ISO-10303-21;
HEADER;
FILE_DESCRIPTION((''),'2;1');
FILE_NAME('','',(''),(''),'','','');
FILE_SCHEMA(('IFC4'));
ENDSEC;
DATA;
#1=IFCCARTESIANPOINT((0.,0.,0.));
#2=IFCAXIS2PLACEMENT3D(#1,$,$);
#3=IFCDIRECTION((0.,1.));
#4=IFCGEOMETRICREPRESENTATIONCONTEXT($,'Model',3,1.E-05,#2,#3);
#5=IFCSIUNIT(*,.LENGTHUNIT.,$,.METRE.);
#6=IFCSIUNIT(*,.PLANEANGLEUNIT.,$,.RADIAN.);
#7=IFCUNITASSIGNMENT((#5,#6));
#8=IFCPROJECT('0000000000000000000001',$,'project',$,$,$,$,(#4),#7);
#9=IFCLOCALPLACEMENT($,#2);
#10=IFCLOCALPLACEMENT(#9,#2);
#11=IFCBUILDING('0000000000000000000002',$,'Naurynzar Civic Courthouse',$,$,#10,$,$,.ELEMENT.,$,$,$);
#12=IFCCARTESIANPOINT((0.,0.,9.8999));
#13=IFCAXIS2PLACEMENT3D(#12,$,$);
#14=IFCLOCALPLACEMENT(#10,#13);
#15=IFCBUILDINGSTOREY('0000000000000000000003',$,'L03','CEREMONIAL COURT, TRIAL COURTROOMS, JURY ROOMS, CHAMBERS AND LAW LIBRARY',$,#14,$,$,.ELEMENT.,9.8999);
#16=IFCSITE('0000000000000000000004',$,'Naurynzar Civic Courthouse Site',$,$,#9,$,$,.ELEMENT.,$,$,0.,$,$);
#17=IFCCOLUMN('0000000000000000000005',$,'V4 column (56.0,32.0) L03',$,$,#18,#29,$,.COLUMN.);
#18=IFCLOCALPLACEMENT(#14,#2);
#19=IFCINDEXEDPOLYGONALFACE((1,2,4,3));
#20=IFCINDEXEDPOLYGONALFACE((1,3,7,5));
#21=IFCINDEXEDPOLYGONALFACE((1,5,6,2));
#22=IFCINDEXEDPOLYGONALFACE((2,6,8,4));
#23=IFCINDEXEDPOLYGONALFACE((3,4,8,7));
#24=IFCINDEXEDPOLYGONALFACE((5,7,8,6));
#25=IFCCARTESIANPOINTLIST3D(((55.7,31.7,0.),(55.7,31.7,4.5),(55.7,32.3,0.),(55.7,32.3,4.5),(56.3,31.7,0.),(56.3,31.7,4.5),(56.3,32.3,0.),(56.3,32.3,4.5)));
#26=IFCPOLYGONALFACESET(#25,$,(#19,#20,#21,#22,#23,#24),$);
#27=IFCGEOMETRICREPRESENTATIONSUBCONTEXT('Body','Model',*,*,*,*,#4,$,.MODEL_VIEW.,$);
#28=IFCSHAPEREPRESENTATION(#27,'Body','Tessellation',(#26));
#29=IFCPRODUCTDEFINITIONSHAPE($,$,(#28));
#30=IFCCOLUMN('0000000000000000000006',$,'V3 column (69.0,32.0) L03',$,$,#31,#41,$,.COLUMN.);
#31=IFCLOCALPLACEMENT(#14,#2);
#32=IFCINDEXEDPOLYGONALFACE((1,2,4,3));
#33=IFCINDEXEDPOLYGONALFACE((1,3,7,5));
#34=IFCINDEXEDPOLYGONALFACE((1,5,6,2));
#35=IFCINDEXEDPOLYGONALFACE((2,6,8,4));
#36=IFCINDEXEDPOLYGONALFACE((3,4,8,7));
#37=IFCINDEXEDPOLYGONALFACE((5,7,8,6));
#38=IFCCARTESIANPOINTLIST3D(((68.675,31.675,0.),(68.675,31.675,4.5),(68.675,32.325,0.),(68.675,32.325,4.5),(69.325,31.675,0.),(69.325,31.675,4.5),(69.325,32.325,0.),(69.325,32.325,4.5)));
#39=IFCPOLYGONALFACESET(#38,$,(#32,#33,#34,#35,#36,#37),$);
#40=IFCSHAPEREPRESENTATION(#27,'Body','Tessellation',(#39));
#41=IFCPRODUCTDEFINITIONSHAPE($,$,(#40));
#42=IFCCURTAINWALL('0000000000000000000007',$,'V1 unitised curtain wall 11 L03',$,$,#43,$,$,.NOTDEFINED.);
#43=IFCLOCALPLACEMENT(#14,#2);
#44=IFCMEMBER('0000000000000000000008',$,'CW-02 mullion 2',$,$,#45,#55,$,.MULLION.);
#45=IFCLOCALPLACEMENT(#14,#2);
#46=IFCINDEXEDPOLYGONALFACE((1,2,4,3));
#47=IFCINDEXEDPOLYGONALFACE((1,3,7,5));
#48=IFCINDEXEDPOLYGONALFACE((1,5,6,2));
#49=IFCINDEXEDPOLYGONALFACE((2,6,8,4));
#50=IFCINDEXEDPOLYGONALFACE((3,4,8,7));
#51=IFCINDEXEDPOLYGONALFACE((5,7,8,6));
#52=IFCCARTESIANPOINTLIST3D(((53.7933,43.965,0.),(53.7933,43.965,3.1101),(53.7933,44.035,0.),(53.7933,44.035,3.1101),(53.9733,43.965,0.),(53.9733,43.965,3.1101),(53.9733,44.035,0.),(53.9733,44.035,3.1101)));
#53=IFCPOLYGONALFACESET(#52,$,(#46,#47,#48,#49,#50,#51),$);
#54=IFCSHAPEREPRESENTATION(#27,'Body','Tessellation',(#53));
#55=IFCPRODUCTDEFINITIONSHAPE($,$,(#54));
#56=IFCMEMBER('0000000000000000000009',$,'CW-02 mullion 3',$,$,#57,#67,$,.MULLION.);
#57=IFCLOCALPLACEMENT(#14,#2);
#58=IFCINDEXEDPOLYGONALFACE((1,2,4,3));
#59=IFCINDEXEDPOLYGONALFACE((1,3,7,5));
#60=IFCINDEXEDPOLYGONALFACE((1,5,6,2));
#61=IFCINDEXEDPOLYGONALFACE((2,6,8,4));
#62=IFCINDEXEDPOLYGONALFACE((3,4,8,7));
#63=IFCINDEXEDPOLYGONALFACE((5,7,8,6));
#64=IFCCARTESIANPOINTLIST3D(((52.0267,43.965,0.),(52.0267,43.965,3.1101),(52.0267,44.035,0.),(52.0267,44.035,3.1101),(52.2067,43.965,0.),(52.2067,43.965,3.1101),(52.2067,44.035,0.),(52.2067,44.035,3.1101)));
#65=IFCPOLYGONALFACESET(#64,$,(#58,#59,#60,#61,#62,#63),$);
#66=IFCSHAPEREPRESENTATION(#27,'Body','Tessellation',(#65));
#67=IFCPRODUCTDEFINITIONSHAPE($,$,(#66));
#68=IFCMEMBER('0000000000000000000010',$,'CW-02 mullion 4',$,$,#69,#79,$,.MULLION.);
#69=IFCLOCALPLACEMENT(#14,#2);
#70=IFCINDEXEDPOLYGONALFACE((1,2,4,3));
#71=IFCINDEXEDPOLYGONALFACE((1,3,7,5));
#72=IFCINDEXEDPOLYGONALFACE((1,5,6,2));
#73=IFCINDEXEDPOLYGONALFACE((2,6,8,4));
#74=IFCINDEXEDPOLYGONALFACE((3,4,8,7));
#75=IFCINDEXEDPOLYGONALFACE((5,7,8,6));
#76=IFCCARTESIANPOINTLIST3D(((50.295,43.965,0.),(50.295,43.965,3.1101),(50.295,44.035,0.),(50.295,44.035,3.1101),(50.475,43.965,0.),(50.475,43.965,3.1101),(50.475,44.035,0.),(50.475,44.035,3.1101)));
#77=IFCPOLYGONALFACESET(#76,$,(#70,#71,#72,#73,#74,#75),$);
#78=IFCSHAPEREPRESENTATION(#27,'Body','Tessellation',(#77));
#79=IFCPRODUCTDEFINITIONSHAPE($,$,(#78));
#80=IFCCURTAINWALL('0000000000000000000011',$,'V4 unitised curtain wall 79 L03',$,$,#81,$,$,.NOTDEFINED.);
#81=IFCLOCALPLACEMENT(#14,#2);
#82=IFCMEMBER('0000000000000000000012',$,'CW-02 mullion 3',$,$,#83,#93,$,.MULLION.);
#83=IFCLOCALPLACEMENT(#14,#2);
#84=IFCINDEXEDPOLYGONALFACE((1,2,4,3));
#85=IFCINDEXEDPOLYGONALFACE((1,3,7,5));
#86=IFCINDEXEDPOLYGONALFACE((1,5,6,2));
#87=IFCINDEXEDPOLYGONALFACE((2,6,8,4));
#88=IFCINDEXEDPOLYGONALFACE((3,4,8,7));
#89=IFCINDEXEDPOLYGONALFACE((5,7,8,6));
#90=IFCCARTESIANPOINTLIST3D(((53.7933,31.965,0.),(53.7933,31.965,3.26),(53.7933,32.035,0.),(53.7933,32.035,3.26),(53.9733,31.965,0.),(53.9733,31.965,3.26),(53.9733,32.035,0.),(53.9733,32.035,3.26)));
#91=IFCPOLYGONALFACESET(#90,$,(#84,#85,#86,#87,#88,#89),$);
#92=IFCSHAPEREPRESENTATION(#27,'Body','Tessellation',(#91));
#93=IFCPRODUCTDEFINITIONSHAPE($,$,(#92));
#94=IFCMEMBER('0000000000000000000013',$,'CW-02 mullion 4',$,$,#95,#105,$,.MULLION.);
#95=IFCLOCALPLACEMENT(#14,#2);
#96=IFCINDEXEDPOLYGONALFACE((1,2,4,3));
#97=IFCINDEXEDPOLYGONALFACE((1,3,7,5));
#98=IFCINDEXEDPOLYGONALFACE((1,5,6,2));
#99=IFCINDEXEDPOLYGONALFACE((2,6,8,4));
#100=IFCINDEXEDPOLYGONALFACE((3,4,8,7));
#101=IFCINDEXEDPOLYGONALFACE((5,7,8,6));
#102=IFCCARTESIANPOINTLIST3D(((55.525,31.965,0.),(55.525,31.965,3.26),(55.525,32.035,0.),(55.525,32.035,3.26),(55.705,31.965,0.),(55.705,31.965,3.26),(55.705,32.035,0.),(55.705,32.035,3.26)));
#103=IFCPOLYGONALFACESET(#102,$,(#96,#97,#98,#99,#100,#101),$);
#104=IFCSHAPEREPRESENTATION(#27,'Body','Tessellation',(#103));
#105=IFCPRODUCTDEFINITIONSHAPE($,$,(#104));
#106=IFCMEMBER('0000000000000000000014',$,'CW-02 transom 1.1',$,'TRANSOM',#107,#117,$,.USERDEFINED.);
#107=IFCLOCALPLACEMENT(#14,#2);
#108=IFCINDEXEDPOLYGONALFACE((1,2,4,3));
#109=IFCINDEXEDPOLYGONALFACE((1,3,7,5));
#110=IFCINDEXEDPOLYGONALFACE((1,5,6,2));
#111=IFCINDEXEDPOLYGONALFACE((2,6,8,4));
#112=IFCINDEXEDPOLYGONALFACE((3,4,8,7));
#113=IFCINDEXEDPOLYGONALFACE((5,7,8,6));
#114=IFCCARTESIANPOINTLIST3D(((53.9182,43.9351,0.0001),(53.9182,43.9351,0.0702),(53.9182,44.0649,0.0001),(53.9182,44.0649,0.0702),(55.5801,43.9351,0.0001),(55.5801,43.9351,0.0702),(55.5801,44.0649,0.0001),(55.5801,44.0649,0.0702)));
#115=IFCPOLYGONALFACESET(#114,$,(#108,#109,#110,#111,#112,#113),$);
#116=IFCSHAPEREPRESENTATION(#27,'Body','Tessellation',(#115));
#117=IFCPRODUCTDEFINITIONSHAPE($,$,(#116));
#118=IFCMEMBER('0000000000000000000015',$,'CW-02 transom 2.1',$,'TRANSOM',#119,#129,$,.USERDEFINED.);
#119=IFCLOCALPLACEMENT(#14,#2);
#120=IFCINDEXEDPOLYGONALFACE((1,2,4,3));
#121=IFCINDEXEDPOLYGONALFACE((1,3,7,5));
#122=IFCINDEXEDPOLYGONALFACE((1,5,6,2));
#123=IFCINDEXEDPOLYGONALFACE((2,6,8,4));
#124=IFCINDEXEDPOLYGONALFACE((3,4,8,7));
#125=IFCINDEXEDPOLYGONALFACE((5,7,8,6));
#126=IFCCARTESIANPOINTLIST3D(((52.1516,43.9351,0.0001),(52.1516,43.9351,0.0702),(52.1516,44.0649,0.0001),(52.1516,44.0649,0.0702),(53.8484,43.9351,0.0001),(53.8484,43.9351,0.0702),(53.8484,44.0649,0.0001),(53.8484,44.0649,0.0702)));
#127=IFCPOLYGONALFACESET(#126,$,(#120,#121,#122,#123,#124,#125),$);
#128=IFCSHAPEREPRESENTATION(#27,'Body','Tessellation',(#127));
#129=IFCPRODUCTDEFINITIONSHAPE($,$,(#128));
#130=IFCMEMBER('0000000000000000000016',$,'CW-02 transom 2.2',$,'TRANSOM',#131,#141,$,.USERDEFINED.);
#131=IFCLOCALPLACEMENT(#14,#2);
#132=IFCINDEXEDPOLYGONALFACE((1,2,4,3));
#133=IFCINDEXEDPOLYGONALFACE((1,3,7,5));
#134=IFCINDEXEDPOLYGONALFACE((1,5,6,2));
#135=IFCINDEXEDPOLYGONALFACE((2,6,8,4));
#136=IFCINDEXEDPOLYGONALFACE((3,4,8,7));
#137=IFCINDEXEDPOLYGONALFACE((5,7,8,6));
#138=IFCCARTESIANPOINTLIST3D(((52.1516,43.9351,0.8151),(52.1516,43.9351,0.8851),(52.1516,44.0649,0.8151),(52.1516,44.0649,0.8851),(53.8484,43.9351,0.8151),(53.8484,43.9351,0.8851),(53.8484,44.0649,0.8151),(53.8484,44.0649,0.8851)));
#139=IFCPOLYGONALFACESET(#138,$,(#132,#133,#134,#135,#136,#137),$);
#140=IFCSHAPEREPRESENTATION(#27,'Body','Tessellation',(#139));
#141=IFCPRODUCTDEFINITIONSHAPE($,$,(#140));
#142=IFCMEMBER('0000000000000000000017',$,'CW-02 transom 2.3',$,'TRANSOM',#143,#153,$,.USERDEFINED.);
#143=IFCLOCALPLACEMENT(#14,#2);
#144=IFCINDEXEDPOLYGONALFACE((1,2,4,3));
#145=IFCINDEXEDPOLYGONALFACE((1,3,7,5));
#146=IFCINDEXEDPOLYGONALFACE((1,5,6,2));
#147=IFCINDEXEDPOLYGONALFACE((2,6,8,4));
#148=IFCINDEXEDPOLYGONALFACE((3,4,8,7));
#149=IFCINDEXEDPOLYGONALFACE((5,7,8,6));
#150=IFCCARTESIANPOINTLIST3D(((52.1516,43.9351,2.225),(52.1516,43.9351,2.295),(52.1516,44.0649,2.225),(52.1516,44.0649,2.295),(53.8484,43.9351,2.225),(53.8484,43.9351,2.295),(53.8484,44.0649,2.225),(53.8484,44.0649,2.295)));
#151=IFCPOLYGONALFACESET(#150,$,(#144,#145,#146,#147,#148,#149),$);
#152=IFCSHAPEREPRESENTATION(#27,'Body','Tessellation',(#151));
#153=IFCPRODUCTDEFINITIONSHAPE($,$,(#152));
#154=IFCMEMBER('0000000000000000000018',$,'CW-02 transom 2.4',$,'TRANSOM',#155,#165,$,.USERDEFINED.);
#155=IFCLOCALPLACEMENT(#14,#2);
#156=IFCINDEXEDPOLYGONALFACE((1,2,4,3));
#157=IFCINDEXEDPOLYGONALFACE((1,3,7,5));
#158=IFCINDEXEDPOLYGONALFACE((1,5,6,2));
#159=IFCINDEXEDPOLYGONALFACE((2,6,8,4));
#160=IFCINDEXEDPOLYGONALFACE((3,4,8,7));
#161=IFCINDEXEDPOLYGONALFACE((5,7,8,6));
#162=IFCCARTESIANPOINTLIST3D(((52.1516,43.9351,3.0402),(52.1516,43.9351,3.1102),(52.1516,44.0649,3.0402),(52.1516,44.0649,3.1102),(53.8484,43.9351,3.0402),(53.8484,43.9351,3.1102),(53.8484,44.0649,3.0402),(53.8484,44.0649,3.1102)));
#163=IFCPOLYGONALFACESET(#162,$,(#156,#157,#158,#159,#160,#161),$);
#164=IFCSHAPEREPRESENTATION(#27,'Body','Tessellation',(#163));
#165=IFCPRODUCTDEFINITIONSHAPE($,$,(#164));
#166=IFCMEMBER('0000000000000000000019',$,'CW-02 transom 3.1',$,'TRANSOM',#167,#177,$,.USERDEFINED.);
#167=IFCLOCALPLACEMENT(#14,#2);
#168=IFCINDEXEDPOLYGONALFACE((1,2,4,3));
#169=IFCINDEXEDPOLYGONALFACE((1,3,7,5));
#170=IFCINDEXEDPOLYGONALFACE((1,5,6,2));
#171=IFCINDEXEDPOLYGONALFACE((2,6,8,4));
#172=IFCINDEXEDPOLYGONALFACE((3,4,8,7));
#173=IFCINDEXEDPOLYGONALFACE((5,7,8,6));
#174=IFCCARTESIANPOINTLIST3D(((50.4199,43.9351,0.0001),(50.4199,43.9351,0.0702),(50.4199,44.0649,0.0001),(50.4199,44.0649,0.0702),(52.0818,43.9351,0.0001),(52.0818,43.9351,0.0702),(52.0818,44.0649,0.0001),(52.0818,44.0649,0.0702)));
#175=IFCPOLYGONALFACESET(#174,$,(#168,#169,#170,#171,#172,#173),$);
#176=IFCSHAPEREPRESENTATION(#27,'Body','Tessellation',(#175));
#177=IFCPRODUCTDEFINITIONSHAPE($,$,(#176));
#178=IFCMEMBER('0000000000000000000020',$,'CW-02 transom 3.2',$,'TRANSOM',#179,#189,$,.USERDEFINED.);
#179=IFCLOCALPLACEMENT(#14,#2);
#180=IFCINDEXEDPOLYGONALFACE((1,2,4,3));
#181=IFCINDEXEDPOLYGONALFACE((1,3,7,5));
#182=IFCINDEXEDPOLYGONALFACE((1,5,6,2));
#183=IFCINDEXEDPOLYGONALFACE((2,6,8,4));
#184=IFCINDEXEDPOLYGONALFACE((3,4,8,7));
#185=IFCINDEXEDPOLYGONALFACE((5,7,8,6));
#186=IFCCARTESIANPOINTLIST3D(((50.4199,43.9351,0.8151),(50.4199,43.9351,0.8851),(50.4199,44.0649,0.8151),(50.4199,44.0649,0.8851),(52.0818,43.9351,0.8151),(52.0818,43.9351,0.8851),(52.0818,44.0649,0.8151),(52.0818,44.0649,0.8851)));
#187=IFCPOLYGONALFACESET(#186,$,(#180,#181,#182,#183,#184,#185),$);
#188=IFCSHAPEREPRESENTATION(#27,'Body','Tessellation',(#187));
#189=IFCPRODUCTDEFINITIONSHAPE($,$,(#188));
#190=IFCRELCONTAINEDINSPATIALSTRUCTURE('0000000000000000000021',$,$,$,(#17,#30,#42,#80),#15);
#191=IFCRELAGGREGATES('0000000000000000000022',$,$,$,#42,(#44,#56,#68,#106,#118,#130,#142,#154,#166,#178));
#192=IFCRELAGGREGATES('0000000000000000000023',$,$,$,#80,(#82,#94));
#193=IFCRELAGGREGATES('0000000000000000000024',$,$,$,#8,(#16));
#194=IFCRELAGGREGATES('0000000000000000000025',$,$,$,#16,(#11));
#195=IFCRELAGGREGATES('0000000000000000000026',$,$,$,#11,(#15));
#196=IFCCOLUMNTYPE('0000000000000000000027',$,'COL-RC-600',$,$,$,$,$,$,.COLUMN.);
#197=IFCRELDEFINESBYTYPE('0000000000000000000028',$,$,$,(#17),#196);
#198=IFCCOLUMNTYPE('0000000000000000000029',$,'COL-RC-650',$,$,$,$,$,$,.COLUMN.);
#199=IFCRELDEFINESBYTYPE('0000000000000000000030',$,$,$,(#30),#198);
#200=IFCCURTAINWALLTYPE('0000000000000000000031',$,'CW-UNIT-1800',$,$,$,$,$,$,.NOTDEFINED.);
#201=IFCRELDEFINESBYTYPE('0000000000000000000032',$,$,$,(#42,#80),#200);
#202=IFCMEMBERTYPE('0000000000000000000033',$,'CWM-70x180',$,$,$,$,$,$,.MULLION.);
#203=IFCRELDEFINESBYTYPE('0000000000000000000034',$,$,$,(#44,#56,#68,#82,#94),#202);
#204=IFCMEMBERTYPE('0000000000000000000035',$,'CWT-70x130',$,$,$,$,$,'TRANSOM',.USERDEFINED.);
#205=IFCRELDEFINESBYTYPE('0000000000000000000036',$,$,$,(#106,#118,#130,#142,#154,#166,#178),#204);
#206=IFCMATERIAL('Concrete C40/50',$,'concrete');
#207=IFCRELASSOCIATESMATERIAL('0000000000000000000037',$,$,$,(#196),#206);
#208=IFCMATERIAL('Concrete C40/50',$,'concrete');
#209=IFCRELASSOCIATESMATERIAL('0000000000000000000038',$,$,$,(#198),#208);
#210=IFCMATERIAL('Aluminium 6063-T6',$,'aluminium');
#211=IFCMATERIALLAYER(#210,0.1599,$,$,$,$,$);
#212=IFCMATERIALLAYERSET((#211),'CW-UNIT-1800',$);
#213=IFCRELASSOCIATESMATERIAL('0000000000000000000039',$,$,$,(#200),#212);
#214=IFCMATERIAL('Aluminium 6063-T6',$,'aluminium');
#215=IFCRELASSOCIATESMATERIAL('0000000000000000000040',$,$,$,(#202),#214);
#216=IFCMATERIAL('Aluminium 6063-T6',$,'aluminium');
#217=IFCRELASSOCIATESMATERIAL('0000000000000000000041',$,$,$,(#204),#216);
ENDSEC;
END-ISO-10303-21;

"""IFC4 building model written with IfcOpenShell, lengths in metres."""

from ifc_helpers import new_model, si_unit, direction, frame, origin, origin_2d, place, context, subcontext, project, spatial, rectangle, extrude, material, layer, layer_set, material_profile, profile_set, type_object, element, aggregate, save


model = new_model("IFC4")

# Units and contexts
model_context = context("Model", 3, precision=1e-05, world=origin(), true_north=direction((0.0, 1.0)))
body_context = subcontext(model_context, "Body", "Model", "MODEL_VIEW")
ifc_project = project(units=[si_unit("LENGTHUNIT", "METRE"), si_unit("PLANEANGLEUNIT", "RADIAN")], contexts=[model_context])

# Site, building, storey
site_placement = place(None, origin())
site = spatial("IfcSite", under=ifc_project, at=site_placement, Name="Naurynzar Civic Courthouse Site", CompositionType="ELEMENT", RefElevation=0.0)
building_placement = place(site_placement, origin())
building = spatial("IfcBuilding", under=site, at=building_placement, Name="Naurynzar Civic Courthouse", CompositionType="ELEMENT")
storey_placement = place(building_placement, frame((0.0, 0.0, 9.8999)))
storey = spatial("IfcBuildingStorey", under=building, at=storey_placement, Name="L03", Description="CEREMONIAL COURT, TRIAL COURTROOMS, JURY ROOMS, CHAMBERS AND LAW LIBRARY", CompositionType="ELEMENT", Elevation=9.8999)

# Columns
ifc_material_1 = material(Name="Concrete C40/50", Category="concrete")
ifc_material_profile_1 = material_profile(ifc_material_1, rectangle(XDim=0.6001, YDim=0.6001, at=origin_2d()), Name="RC 600x600")
ifc_profile_set_1 = profile_set([ifc_material_profile_1], Name="Concrete C40/50")
column_type_1 = type_object("IfcColumnType", Name="COL-RC-600", PredefinedType="COLUMN", material=ifc_profile_set_1)
column_1_placement = place(storey_placement, frame((56.0, 32.0, 0.0), z_axis=(0.0, 0.0, 1.0), x_axis=(1.0, 0.0, 0.0)))
element("IfcColumn", 1, at=column_1_placement, inside=storey, type_object=column_type_1, Name="V4 column (56.0,32.0) L03", PredefinedType="COLUMN", context=body_context, shape_type="SweptSolid", body=[
    extrude(rectangle(XDim=0.6001, YDim=0.6001, at=origin_2d()), origin(), (0.0, 0.0, 1.0), 4.5),
])
ifc_material_2 = material(Name="Concrete C40/50", Category="concrete")
ifc_material_profile_2 = material_profile(ifc_material_2, rectangle(XDim=0.6499, YDim=0.6499, at=origin_2d()), Name="RC 650x650")
ifc_profile_set_2 = profile_set([ifc_material_profile_2], Name="Concrete C40/50")
column_type_2 = type_object("IfcColumnType", Name="COL-RC-650", PredefinedType="COLUMN", material=ifc_profile_set_2)
column_2_placement = place(storey_placement, frame((69.0, 32.0, 0.0), z_axis=(0.0, 0.0, 1.0), x_axis=(1.0, 0.0, 0.0)))
element("IfcColumn", 2, at=column_2_placement, inside=storey, type_object=column_type_2, Name="V3 column (69.0,32.0) L03", PredefinedType="COLUMN", context=body_context, shape_type="SweptSolid", body=[
    extrude(rectangle(XDim=0.6499, YDim=0.6499, at=origin_2d()), origin(), (0.0, 0.0, 1.0), 4.5),
])

# Curtain walls, members
ifc_material_3 = material(Name="Aluminium 6063-T6", Category="aluminium")
ifc_layer_1 = layer(ifc_material_3, 0.1599)
ifc_layer_set_1 = layer_set([ifc_layer_1], Name="CW-UNIT-1800")
curtain_wall_type = type_object("IfcCurtainWallType", Name="CW-UNIT-1800", PredefinedType="NOTDEFINED", material=ifc_layer_set_1)
curtain_wall_1_placement = place(storey_placement, origin())
curtain_wall_1 = element("IfcCurtainWall", 3, at=curtain_wall_1_placement, inside=storey, type_object=curtain_wall_type, Name="V1 unitised curtain wall 11 L03", PredefinedType="NOTDEFINED")
ifc_material_4 = material(Name="Aluminium 6063-T6", Category="aluminium")
ifc_material_profile_3 = material_profile(ifc_material_4, rectangle(XDim=0.0701, YDim=0.1799, at=origin_2d()), Name="ALU MULLION 70x180")
ifc_profile_set_3 = profile_set([ifc_material_profile_3], Name="Aluminium 6063-T6")
member_type_1 = type_object("IfcMemberType", Name="CWM-70x180", PredefinedType="MULLION", material=ifc_profile_set_3)
member_1_placement = place(storey_placement, frame((53.8833, 44.0, 0.0), z_axis=(0.0, 0.0, 1.0), x_axis=(0.0, -1.0, 0.0)))
member_1 = element("IfcMember", 4, at=member_1_placement, type_object=member_type_1, Name="CW-02 mullion 2", PredefinedType="MULLION", context=body_context, shape_type="SweptSolid", body=[
    extrude(rectangle(XDim=0.0701, YDim=0.1799, at=origin_2d()), origin(), (0.0, 0.0, 1.0), 3.1101),
])
member_2_placement = place(storey_placement, frame((52.1167, 44.0, 0.0), z_axis=(0.0, 0.0, 1.0), x_axis=(0.0, -1.0, 0.0)))
member_2 = element("IfcMember", 5, at=member_2_placement, type_object=member_type_1, Name="CW-02 mullion 3", PredefinedType="MULLION", context=body_context, shape_type="SweptSolid", body=[
    extrude(rectangle(XDim=0.0701, YDim=0.1799, at=origin_2d()), origin(), (0.0, 0.0, 1.0), 3.1101),
])
member_3_placement = place(storey_placement, frame((50.385, 44.0, 0.0), z_axis=(0.0, 0.0, 1.0), x_axis=(0.0, -1.0, 0.0)))
member_3 = element("IfcMember", 6, at=member_3_placement, type_object=member_type_1, Name="CW-02 mullion 4", PredefinedType="MULLION", context=body_context, shape_type="SweptSolid", body=[
    extrude(rectangle(XDim=0.0701, YDim=0.1799, at=origin_2d()), origin(), (0.0, 0.0, 1.0), 3.1101),
])
curtain_wall_2_placement = place(storey_placement, origin())
curtain_wall_2 = element("IfcCurtainWall", 7, at=curtain_wall_2_placement, inside=storey, type_object=curtain_wall_type, Name="V4 unitised curtain wall 79 L03", PredefinedType="NOTDEFINED")
member_4_placement = place(storey_placement, frame((53.8833, 32.0, 0.0), z_axis=(0.0, 0.0, 1.0), x_axis=(0.0, 1.0, 0.0)))
member_4 = element("IfcMember", 8, at=member_4_placement, type_object=member_type_1, Name="CW-02 mullion 3", PredefinedType="MULLION", context=body_context, shape_type="SweptSolid", body=[
    extrude(rectangle(XDim=0.0701, YDim=0.1799, at=origin_2d()), origin(), (0.0, 0.0, 1.0), 3.26),
])
member_5_placement = place(storey_placement, frame((55.615, 32.0, 0.0), z_axis=(0.0, 0.0, 1.0), x_axis=(0.0, 1.0, 0.0)))
member_5 = element("IfcMember", 9, at=member_5_placement, type_object=member_type_1, Name="CW-02 mullion 4", PredefinedType="MULLION", context=body_context, shape_type="SweptSolid", body=[
    extrude(rectangle(XDim=0.0701, YDim=0.1799, at=origin_2d()), origin(), (0.0, 0.0, 1.0), 3.26),
])

# Members
ifc_material_5 = material(Name="Aluminium 6063-T6", Category="aluminium")
ifc_material_profile_4 = material_profile(ifc_material_5, rectangle(XDim=0.1299, YDim=0.0701, at=origin_2d()), Name="ALU TRANSOM 70x130")
ifc_profile_set_4 = profile_set([ifc_material_profile_4], Name="Aluminium 6063-T6")
member_type_2 = type_object("IfcMemberType", Name="CWT-70x130", ElementType="TRANSOM", PredefinedType="USERDEFINED", material=ifc_profile_set_4)
member_6_placement = place(storey_placement, frame((55.5801, 44.0, 0.0352), z_axis=(-1.0, 0.0, 0.0), x_axis=(0.0, -1.0, 0.0)))
member_6 = element("IfcMember", 10, at=member_6_placement, type_object=member_type_2, Name="CW-02 transom 1.1", ObjectType="TRANSOM", PredefinedType="USERDEFINED", context=body_context, shape_type="SweptSolid", body=[
    extrude(rectangle(XDim=0.1299, YDim=0.0701, at=origin_2d()), origin(), (0.0, 0.0, 1.0), 1.6619),
])
member_7_placement = place(storey_placement, frame((53.8484, 44.0, 0.0352), z_axis=(-1.0, 0.0, 0.0), x_axis=(0.0, -1.0, 0.0)))
member_7 = element("IfcMember", 11, at=member_7_placement, type_object=member_type_2, Name="CW-02 transom 2.1", ObjectType="TRANSOM", PredefinedType="USERDEFINED", context=body_context, shape_type="SweptSolid", body=[
    extrude(rectangle(XDim=0.1299, YDim=0.0701, at=origin_2d()), origin(), (0.0, 0.0, 1.0), 1.6968),
])
member_8_placement = place(storey_placement, frame((53.8484, 44.0, 0.8501), z_axis=(-1.0, 0.0, 0.0), x_axis=(0.0, -1.0, 0.0)))
member_8 = element("IfcMember", 12, at=member_8_placement, type_object=member_type_2, Name="CW-02 transom 2.2", ObjectType="TRANSOM", PredefinedType="USERDEFINED", context=body_context, shape_type="SweptSolid", body=[
    extrude(rectangle(XDim=0.1299, YDim=0.0701, at=origin_2d()), origin(), (0.0, 0.0, 1.0), 1.6968),
])
member_9_placement = place(storey_placement, frame((53.8484, 44.0, 2.26), z_axis=(-1.0, 0.0, 0.0), x_axis=(0.0, -1.0, 0.0)))
member_9 = element("IfcMember", 13, at=member_9_placement, type_object=member_type_2, Name="CW-02 transom 2.3", ObjectType="TRANSOM", PredefinedType="USERDEFINED", context=body_context, shape_type="SweptSolid", body=[
    extrude(rectangle(XDim=0.1299, YDim=0.0701, at=origin_2d()), origin(), (0.0, 0.0, 1.0), 1.6968),
])
member_10_placement = place(storey_placement, frame((53.8484, 44.0, 3.0752), z_axis=(-1.0, 0.0, 0.0), x_axis=(0.0, -1.0, 0.0)))
member_10 = element("IfcMember", 14, at=member_10_placement, type_object=member_type_2, Name="CW-02 transom 2.4", ObjectType="TRANSOM", PredefinedType="USERDEFINED", context=body_context, shape_type="SweptSolid", body=[
    extrude(rectangle(XDim=0.1299, YDim=0.0701, at=origin_2d()), origin(), (0.0, 0.0, 1.0), 1.6968),
])
member_11_placement = place(storey_placement, frame((52.0818, 44.0, 0.0352), z_axis=(-1.0, 0.0, 0.0), x_axis=(0.0, -1.0, 0.0)))
member_11 = element("IfcMember", 15, at=member_11_placement, type_object=member_type_2, Name="CW-02 transom 3.1", ObjectType="TRANSOM", PredefinedType="USERDEFINED", context=body_context, shape_type="SweptSolid", body=[
    extrude(rectangle(XDim=0.1299, YDim=0.0701, at=origin_2d()), origin(), (0.0, 0.0, 1.0), 1.6619),
])
member_12_placement = place(storey_placement, frame((52.0818, 44.0, 0.8501), z_axis=(-1.0, 0.0, 0.0), x_axis=(0.0, -1.0, 0.0)))
member_12 = element("IfcMember", 16, at=member_12_placement, type_object=member_type_2, Name="CW-02 transom 3.2", ObjectType="TRANSOM", PredefinedType="USERDEFINED", context=body_context, shape_type="SweptSolid", body=[
    extrude(rectangle(XDim=0.1299, YDim=0.0701, at=origin_2d()), origin(), (0.0, 0.0, 1.0), 1.6619),
])

aggregate(curtain_wall_1, [member_1, member_2, member_3, member_6, member_7, member_8, member_9, member_10, member_11, member_12])
aggregate(curtain_wall_2, [member_4, member_5])

save(model, "model.ifc")
